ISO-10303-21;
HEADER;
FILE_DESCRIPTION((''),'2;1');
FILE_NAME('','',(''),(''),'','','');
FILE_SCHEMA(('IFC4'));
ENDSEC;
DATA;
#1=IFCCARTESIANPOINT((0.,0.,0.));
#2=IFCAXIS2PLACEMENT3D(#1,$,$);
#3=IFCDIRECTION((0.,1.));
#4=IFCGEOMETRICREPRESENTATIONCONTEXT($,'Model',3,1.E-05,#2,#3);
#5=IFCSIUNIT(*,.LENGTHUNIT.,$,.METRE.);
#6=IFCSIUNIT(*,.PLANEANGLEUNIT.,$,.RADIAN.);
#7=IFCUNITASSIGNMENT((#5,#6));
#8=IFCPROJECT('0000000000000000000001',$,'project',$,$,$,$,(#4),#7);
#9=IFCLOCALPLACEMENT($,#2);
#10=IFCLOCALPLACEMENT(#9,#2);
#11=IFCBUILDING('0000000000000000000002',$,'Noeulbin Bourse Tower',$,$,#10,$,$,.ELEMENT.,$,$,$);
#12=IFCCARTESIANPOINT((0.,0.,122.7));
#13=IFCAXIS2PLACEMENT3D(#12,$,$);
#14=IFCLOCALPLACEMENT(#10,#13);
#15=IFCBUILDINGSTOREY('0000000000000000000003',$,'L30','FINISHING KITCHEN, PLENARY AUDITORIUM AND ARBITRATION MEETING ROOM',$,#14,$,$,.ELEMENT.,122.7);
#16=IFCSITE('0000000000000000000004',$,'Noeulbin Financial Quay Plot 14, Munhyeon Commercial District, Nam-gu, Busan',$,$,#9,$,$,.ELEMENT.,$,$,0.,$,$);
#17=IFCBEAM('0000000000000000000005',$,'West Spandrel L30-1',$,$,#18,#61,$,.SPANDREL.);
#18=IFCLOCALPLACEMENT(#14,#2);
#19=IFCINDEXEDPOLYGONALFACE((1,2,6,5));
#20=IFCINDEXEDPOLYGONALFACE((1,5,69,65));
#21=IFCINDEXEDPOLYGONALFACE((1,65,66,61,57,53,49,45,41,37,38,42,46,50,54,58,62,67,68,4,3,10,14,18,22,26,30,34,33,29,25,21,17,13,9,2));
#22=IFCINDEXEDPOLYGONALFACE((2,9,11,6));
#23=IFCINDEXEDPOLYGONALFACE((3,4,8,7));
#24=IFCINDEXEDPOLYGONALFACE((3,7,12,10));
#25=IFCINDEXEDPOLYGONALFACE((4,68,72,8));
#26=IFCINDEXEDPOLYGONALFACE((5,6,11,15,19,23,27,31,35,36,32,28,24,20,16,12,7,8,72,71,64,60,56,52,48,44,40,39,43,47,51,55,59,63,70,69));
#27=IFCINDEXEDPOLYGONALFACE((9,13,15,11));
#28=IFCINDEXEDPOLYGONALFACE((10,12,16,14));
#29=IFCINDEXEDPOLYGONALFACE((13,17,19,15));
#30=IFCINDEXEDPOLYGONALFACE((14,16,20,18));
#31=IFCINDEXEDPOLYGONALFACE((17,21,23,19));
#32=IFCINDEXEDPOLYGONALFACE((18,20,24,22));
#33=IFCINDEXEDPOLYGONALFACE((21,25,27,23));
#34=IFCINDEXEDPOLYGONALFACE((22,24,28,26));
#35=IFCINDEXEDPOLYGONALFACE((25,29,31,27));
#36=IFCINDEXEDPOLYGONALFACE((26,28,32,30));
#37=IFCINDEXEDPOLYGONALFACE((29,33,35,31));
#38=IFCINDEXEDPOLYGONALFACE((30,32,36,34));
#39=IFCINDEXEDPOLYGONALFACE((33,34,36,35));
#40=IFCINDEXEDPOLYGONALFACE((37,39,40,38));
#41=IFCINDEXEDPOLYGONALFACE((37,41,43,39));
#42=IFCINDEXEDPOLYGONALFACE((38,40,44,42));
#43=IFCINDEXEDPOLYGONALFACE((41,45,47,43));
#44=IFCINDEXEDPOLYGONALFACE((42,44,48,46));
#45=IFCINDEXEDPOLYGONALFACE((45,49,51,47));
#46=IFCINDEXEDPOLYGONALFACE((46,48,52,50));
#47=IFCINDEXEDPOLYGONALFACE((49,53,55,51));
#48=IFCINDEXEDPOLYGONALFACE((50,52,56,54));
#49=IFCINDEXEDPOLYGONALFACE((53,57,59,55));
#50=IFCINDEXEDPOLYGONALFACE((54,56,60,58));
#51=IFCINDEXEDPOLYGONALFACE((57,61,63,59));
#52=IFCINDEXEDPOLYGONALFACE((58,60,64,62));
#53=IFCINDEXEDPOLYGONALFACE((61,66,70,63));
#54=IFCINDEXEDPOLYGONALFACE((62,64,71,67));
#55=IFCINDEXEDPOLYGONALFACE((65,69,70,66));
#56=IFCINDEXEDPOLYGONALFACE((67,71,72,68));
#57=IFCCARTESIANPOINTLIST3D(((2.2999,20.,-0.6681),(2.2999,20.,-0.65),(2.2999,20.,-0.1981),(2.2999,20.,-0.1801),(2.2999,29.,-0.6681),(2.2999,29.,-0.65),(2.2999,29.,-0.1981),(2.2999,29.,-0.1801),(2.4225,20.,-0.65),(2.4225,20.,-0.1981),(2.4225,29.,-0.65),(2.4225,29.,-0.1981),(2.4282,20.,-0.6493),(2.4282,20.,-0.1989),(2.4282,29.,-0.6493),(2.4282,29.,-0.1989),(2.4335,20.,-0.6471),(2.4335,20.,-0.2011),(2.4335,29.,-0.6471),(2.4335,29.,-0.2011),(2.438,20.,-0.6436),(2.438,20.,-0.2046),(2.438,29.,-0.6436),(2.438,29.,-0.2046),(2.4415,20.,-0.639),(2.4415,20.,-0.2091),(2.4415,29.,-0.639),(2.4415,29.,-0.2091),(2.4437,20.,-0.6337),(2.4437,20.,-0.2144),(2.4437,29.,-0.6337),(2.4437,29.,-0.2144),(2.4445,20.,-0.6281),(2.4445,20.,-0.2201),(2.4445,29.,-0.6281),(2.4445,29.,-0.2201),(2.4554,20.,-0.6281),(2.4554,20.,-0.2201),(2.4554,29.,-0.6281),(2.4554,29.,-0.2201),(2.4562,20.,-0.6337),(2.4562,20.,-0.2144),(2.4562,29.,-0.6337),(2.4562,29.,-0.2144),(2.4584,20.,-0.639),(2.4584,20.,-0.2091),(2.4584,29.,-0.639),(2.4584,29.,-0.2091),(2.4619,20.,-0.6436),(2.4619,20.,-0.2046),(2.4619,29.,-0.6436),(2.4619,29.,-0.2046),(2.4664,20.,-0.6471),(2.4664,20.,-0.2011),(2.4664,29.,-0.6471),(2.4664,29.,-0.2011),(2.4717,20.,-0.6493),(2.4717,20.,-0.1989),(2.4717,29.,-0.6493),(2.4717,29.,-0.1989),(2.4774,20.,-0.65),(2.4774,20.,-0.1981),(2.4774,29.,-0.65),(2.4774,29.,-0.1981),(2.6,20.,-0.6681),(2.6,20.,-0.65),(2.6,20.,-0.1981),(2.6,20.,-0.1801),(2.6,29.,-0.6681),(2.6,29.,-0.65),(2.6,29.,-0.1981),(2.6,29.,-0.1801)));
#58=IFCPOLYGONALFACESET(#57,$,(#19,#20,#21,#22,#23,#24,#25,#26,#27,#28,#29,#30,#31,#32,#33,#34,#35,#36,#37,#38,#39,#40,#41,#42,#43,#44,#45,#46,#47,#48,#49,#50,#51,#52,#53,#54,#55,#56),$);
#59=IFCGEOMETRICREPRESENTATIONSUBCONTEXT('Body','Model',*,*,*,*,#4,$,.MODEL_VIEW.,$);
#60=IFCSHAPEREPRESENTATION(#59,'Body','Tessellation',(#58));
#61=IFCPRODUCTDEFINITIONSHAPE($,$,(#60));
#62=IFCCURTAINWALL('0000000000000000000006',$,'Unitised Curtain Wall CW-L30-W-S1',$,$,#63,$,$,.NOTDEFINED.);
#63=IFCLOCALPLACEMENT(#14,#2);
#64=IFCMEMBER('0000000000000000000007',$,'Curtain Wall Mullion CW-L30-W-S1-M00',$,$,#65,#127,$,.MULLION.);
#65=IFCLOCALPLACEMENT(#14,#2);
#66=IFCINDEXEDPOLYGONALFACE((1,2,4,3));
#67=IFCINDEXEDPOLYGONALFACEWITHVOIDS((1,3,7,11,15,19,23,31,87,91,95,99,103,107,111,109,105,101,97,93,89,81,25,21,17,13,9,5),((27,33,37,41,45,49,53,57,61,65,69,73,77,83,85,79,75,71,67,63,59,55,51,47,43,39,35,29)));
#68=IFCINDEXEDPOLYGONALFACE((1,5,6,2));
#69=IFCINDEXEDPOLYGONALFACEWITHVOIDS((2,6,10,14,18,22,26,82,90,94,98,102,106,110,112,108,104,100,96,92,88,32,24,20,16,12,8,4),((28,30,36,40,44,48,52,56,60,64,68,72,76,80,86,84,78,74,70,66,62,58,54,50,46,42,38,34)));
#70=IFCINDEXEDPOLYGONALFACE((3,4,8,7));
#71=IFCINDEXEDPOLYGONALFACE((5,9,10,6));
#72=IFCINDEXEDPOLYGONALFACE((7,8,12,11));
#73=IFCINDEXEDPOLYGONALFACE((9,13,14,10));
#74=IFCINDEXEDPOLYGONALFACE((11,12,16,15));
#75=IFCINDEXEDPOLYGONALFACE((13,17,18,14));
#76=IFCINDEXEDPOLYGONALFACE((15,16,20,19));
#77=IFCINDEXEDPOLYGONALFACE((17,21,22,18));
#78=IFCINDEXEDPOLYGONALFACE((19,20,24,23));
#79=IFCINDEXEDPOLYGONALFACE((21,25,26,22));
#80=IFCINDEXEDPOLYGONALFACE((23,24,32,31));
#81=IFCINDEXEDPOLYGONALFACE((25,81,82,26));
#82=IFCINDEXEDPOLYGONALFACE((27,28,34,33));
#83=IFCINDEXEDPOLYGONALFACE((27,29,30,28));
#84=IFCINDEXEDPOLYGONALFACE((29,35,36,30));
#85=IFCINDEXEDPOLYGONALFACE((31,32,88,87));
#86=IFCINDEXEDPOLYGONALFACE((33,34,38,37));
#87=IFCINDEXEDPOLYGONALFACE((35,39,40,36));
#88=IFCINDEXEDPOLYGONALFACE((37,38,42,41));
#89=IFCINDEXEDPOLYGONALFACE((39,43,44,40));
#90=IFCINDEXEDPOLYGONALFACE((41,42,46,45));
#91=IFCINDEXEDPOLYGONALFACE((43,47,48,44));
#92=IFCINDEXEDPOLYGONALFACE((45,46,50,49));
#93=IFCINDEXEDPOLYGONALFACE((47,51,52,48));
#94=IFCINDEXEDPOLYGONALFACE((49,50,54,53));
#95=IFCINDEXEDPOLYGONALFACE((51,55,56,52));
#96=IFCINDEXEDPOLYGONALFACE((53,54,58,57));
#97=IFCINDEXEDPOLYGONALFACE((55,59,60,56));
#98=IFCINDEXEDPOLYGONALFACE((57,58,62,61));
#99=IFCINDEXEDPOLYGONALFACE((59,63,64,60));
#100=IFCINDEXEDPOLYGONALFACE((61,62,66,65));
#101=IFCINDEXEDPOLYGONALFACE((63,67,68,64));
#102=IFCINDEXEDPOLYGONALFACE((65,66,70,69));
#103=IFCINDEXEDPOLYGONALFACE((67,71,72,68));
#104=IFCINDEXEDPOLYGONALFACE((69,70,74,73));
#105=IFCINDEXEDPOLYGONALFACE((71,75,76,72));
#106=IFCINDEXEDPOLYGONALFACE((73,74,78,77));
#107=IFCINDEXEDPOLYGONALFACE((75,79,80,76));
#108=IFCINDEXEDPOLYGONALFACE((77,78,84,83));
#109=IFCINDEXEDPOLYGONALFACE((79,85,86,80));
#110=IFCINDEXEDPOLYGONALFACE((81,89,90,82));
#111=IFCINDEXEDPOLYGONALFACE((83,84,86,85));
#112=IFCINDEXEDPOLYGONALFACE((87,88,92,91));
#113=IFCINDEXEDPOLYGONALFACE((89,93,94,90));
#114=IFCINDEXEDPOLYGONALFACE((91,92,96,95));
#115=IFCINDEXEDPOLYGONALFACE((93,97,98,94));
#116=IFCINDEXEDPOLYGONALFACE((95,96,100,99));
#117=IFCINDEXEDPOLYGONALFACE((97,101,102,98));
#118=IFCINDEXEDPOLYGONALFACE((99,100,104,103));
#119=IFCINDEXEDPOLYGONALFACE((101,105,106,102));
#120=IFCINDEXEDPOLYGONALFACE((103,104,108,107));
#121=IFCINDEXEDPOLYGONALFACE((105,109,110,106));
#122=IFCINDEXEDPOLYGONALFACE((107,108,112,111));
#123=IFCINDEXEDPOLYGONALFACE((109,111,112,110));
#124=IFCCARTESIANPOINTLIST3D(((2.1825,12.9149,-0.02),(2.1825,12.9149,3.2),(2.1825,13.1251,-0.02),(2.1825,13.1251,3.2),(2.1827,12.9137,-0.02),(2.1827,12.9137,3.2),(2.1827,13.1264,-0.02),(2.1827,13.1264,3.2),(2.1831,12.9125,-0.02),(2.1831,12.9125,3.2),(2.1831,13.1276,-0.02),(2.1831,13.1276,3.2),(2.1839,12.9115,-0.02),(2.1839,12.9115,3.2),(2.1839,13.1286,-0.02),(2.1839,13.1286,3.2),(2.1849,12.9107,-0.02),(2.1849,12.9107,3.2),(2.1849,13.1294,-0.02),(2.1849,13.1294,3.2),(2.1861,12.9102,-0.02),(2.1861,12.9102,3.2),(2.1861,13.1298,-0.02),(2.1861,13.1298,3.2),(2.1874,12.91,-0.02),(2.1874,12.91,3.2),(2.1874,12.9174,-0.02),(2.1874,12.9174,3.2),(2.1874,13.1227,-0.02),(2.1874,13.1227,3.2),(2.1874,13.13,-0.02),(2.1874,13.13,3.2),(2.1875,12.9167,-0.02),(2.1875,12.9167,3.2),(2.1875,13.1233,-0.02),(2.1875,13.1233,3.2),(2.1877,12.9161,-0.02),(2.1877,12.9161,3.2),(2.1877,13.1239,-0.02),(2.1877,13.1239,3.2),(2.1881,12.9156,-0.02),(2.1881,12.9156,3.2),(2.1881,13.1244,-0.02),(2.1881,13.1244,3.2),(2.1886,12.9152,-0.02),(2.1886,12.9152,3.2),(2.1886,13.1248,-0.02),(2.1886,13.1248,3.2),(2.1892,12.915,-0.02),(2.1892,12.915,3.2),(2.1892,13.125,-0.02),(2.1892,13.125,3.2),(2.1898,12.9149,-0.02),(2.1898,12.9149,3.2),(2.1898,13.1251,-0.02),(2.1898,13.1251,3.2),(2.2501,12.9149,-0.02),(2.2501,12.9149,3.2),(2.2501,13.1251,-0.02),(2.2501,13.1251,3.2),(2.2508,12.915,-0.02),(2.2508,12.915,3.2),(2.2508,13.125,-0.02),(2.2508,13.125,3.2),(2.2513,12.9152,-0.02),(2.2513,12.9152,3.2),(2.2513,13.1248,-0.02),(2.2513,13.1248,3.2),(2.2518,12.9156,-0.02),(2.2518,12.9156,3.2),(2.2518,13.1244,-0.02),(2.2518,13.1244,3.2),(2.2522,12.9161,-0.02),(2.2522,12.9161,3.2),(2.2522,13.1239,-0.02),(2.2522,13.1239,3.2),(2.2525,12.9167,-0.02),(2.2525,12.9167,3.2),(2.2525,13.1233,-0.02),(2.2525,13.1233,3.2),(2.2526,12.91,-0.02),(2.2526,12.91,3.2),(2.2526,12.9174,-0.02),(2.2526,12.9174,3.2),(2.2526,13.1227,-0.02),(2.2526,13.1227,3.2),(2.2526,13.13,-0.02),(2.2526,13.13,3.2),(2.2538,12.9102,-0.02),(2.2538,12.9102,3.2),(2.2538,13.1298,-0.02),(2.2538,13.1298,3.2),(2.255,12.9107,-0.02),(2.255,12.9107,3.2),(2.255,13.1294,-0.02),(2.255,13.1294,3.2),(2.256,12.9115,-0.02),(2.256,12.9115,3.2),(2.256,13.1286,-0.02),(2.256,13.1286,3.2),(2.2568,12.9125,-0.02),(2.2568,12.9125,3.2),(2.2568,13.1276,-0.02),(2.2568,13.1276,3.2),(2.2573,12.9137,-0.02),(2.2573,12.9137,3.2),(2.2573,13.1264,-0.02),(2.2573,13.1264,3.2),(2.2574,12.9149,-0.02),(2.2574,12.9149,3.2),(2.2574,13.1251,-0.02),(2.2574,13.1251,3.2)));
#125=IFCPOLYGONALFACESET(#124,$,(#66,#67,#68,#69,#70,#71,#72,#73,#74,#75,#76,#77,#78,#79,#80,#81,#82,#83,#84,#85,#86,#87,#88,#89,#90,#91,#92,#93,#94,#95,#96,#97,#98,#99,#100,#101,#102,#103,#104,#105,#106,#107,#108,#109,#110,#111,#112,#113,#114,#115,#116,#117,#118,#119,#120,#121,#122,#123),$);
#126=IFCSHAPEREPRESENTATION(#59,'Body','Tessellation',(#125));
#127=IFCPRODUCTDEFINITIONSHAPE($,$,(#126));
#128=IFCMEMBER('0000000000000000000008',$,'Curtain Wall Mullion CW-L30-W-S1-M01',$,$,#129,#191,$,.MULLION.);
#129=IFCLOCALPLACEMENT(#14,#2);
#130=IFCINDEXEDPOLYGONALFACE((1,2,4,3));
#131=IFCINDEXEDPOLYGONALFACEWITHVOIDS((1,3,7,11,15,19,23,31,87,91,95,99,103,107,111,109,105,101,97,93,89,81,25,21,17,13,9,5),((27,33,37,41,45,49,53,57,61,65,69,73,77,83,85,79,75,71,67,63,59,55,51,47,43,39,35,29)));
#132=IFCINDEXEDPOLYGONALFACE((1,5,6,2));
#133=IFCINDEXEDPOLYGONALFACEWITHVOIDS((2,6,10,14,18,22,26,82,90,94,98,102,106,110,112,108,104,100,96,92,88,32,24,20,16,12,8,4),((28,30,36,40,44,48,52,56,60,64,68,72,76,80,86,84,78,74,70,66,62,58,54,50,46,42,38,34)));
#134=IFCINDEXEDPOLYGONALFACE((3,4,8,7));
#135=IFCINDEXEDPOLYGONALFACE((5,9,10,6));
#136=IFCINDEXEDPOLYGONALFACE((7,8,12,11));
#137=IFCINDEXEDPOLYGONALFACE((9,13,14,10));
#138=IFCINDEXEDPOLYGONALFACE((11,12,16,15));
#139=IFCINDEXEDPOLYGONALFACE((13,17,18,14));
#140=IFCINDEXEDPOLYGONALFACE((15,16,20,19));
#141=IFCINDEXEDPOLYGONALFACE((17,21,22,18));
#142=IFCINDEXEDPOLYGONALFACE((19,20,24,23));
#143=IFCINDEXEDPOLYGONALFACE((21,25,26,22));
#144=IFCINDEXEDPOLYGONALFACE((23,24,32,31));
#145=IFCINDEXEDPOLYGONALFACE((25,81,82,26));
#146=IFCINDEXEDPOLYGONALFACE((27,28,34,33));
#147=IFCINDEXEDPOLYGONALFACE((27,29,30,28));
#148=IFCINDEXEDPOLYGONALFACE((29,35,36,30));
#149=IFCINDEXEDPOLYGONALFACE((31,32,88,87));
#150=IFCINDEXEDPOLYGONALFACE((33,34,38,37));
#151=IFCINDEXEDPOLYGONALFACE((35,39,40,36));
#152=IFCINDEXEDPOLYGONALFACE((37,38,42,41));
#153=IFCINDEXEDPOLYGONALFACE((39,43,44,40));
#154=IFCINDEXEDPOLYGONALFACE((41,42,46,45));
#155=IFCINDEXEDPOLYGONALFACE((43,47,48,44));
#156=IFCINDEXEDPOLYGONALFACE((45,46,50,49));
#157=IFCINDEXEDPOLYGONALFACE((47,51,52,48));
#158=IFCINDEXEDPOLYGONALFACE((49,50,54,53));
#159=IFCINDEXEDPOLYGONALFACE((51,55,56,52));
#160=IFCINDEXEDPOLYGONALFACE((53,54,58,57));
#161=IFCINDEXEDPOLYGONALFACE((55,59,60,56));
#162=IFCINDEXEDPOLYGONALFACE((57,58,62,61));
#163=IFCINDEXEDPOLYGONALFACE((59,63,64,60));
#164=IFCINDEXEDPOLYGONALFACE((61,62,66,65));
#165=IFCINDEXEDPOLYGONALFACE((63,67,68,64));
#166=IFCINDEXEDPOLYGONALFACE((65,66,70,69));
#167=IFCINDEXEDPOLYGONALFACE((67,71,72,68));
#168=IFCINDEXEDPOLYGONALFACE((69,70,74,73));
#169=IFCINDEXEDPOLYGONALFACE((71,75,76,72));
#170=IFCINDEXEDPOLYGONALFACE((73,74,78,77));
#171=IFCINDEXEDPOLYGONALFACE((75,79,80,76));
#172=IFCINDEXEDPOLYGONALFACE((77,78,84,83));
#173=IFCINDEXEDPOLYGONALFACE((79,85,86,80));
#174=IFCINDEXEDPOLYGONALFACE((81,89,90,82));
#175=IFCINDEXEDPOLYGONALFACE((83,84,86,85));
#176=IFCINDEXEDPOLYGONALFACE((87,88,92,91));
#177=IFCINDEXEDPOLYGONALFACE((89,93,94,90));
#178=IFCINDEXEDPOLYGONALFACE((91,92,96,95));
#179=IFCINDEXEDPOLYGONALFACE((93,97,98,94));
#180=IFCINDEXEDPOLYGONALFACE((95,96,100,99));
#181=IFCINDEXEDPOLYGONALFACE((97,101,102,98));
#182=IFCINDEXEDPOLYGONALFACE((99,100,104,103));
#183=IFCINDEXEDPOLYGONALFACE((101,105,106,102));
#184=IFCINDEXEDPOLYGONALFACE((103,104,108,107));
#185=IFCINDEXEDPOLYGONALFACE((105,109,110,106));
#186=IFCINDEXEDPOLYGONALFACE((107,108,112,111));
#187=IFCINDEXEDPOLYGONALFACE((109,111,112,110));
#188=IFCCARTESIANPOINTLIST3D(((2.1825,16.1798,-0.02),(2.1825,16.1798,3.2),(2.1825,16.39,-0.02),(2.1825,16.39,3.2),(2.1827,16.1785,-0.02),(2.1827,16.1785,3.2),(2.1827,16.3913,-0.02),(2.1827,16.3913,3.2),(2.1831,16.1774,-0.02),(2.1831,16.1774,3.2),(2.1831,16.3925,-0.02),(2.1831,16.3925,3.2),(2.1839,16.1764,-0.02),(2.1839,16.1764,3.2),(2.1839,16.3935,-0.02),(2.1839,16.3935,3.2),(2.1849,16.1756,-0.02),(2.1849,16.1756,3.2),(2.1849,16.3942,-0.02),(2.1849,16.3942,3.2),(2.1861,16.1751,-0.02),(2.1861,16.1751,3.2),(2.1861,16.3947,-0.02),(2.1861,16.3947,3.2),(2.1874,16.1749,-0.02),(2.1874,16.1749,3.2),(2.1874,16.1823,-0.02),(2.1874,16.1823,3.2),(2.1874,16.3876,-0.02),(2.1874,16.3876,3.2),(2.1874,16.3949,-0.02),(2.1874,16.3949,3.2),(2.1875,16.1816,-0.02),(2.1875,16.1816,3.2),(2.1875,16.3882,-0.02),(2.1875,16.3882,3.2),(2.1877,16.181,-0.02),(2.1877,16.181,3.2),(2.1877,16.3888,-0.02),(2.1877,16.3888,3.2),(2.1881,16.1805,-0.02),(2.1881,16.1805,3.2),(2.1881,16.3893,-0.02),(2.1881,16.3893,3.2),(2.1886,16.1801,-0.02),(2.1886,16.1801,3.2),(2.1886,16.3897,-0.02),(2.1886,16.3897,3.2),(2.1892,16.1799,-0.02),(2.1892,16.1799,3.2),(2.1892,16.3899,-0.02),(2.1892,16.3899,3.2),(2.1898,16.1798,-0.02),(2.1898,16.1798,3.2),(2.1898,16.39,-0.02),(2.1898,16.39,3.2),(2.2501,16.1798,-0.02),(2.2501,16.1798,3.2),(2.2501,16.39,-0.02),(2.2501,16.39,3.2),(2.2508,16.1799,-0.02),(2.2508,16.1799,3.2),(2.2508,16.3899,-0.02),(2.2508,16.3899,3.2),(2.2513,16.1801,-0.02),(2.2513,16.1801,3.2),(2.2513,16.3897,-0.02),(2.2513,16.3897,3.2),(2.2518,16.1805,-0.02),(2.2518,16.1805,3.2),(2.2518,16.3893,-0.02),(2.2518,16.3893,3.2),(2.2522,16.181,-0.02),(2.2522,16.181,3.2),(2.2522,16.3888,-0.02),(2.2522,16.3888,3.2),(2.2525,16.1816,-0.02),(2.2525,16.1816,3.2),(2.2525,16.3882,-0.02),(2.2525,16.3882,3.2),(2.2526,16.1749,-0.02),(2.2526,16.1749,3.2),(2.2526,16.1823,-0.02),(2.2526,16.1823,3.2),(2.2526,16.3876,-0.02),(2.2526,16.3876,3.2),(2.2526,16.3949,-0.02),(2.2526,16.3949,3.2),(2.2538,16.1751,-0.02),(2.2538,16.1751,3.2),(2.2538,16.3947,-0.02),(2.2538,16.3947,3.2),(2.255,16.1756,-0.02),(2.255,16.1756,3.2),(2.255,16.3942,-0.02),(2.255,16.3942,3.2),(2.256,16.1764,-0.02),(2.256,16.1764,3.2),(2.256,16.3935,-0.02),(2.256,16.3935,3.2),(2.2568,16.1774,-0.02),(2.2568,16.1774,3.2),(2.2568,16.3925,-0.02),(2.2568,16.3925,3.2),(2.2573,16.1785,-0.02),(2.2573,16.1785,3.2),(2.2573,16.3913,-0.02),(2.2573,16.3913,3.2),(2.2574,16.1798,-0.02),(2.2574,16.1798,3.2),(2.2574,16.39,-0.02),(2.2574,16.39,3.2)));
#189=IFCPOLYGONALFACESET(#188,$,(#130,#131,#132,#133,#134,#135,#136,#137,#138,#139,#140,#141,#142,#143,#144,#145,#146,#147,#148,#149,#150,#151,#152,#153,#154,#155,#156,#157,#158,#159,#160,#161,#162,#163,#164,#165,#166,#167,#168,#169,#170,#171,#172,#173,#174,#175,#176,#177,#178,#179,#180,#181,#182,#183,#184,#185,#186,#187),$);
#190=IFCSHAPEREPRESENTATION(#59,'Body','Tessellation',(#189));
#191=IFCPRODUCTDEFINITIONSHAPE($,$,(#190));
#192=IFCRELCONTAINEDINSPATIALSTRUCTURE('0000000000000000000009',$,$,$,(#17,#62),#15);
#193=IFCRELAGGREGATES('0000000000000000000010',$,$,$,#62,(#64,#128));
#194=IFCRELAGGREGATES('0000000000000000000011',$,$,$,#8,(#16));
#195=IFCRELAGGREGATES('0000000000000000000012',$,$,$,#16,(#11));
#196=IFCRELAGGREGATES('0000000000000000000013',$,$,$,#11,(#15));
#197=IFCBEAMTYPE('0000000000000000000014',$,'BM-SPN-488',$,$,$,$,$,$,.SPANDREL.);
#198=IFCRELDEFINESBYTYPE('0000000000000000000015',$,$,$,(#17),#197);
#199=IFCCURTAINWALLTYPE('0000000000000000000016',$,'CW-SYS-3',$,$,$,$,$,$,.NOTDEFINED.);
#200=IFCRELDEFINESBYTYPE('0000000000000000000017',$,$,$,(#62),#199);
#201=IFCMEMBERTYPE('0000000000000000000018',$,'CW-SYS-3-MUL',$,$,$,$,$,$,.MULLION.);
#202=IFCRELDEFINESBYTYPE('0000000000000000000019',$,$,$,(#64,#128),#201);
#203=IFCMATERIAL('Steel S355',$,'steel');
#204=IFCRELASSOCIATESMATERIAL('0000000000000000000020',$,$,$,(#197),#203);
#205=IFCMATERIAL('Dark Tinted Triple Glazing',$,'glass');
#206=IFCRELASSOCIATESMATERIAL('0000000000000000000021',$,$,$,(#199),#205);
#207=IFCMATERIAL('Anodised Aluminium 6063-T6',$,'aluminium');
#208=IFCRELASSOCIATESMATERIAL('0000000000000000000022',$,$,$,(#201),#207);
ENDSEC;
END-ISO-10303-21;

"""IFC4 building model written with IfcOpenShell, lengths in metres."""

from ifc_helpers import new_model, si_unit, direction, frame, origin, origin_2d, place, context, subcontext, project, spatial, hollow_rectangle, i_section, extrude, material, material_profile, profile_set, type_object, element, aggregate, save


model = new_model("IFC4")

# Units and contexts
model_context = context("Model", 3, precision=1e-05, world=origin(), true_north=direction((0.0, 1.0)))
body_context = subcontext(model_context, "Body", "Model", "MODEL_VIEW")
ifc_project = project(units=[si_unit("LENGTHUNIT", "METRE"), si_unit("PLANEANGLEUNIT", "RADIAN")], contexts=[model_context])

# Site, building, storey
site_placement = place(None, origin())
site = spatial("IfcSite", under=ifc_project, at=site_placement, Name="Noeulbin Financial Quay Plot 14, Munhyeon Commercial District, Nam-gu, Busan", CompositionType="ELEMENT", RefElevation=0.0)
building_placement = place(site_placement, origin())
building = spatial("IfcBuilding", under=site, at=building_placement, Name="Noeulbin Bourse Tower", CompositionType="ELEMENT")
storey_placement = place(building_placement, frame((0.0, 0.0, 122.7)))
storey = spatial("IfcBuildingStorey", under=building, at=storey_placement, Name="L30", Description="FINISHING KITCHEN, PLENARY AUDITORIUM AND ARBITRATION MEETING ROOM", CompositionType="ELEMENT", Elevation=122.7)

# Shared definitions
ifc_material_1 = material(Name="Steel S355", Category="steel")

# Beam
ifc_material_profile_1 = material_profile(ifc_material_1, i_section(OverallWidth=0.3, OverallDepth=0.488, WebThickness=0.011, FlangeThickness=0.0181, FilletRadius=0.022, at=origin_2d()), Name="H-488x300x11x18", Category="LoadBearing")
ifc_profile_set_1 = profile_set([ifc_material_profile_1], Name="Steel S355")
beam_type_1 = type_object("IfcBeamType", Name="BM-SPN-488", PredefinedType="SPANDREL", material=ifc_profile_set_1)
beam_1_placement = place(storey_placement, frame((2.45, 20.0, -0.4241), z_axis=(0.0, 1.0, 0.0), x_axis=(-1.0, 0.0, 0.0)))
element("IfcBeam", 1, at=beam_1_placement, inside=storey, type_object=beam_type_1, Name="West Spandrel L30-1", PredefinedType="SPANDREL", context=body_context, shape_type="SweptSolid", body=[
    extrude(i_section(OverallWidth=0.3, OverallDepth=0.488, WebThickness=0.011, FlangeThickness=0.0181, FilletRadius=0.022, at=origin_2d()), origin(), (0.0, 0.0, 1.0), 9.0),
])

# Curtain wall, members
ifc_material_2 = material(Name="Dark Tinted Triple Glazing", Category="glass")
curtain_wall_type = type_object("IfcCurtainWallType", Name="CW-SYS-3", PredefinedType="NOTDEFINED", material=ifc_material_2)
curtain_wall_placement = place(storey_placement, origin())
curtain_wall = element("IfcCurtainWall", 2, at=curtain_wall_placement, inside=storey, type_object=curtain_wall_type, Name="Unitised Curtain Wall CW-L30-W-S1", PredefinedType="NOTDEFINED")
ifc_material_3 = material(Name="Anodised Aluminium 6063-T6", Category="aluminium")
ifc_material_profile_2 = material_profile(ifc_material_3, hollow_rectangle(XDim=0.075, YDim=0.22, WallThickness=0.0049, InnerFilletRadius=0.0024, OuterFilletRadius=0.0049, at=origin_2d()), Name="ALU-MULL-75x220x5", Category="LoadBearing")
ifc_profile_set_2 = profile_set([ifc_material_profile_2], Name="Anodised Aluminium 6063-T6")
member_type_1 = type_object("IfcMemberType", Name="CW-SYS-3-MUL", PredefinedType="MULLION", material=ifc_profile_set_2)
member_1_placement = place(storey_placement, frame((2.22, 13.02, -0.02), z_axis=(0.0, 0.0, 1.0), x_axis=(1.0, 0.0, 0.0)))
member_1 = element("IfcMember", 3, at=member_1_placement, type_object=member_type_1, Name="Curtain Wall Mullion CW-L30-W-S1-M00", PredefinedType="MULLION", context=body_context, shape_type="SweptSolid", body=[
    extrude(hollow_rectangle(XDim=0.075, YDim=0.22, WallThickness=0.0049, InnerFilletRadius=0.0024, OuterFilletRadius=0.0049, at=origin_2d()), origin(), (0.0, 0.0, 1.0), 3.22),
])
member_2_placement = place(storey_placement, frame((2.22, 16.2849, -0.02), z_axis=(0.0, 0.0, 1.0), x_axis=(1.0, 0.0, 0.0)))
member_2 = element("IfcMember", 4, at=member_2_placement, type_object=member_type_1, Name="Curtain Wall Mullion CW-L30-W-S1-M01", PredefinedType="MULLION", context=body_context, shape_type="SweptSolid", body=[
    extrude(hollow_rectangle(XDim=0.075, YDim=0.22, WallThickness=0.0049, InnerFilletRadius=0.0024, OuterFilletRadius=0.0049, at=origin_2d()), origin(), (0.0, 0.0, 1.0), 3.22),
])
aggregate(curtain_wall, [member_1, member_2])

save(model, "model.ifc")
